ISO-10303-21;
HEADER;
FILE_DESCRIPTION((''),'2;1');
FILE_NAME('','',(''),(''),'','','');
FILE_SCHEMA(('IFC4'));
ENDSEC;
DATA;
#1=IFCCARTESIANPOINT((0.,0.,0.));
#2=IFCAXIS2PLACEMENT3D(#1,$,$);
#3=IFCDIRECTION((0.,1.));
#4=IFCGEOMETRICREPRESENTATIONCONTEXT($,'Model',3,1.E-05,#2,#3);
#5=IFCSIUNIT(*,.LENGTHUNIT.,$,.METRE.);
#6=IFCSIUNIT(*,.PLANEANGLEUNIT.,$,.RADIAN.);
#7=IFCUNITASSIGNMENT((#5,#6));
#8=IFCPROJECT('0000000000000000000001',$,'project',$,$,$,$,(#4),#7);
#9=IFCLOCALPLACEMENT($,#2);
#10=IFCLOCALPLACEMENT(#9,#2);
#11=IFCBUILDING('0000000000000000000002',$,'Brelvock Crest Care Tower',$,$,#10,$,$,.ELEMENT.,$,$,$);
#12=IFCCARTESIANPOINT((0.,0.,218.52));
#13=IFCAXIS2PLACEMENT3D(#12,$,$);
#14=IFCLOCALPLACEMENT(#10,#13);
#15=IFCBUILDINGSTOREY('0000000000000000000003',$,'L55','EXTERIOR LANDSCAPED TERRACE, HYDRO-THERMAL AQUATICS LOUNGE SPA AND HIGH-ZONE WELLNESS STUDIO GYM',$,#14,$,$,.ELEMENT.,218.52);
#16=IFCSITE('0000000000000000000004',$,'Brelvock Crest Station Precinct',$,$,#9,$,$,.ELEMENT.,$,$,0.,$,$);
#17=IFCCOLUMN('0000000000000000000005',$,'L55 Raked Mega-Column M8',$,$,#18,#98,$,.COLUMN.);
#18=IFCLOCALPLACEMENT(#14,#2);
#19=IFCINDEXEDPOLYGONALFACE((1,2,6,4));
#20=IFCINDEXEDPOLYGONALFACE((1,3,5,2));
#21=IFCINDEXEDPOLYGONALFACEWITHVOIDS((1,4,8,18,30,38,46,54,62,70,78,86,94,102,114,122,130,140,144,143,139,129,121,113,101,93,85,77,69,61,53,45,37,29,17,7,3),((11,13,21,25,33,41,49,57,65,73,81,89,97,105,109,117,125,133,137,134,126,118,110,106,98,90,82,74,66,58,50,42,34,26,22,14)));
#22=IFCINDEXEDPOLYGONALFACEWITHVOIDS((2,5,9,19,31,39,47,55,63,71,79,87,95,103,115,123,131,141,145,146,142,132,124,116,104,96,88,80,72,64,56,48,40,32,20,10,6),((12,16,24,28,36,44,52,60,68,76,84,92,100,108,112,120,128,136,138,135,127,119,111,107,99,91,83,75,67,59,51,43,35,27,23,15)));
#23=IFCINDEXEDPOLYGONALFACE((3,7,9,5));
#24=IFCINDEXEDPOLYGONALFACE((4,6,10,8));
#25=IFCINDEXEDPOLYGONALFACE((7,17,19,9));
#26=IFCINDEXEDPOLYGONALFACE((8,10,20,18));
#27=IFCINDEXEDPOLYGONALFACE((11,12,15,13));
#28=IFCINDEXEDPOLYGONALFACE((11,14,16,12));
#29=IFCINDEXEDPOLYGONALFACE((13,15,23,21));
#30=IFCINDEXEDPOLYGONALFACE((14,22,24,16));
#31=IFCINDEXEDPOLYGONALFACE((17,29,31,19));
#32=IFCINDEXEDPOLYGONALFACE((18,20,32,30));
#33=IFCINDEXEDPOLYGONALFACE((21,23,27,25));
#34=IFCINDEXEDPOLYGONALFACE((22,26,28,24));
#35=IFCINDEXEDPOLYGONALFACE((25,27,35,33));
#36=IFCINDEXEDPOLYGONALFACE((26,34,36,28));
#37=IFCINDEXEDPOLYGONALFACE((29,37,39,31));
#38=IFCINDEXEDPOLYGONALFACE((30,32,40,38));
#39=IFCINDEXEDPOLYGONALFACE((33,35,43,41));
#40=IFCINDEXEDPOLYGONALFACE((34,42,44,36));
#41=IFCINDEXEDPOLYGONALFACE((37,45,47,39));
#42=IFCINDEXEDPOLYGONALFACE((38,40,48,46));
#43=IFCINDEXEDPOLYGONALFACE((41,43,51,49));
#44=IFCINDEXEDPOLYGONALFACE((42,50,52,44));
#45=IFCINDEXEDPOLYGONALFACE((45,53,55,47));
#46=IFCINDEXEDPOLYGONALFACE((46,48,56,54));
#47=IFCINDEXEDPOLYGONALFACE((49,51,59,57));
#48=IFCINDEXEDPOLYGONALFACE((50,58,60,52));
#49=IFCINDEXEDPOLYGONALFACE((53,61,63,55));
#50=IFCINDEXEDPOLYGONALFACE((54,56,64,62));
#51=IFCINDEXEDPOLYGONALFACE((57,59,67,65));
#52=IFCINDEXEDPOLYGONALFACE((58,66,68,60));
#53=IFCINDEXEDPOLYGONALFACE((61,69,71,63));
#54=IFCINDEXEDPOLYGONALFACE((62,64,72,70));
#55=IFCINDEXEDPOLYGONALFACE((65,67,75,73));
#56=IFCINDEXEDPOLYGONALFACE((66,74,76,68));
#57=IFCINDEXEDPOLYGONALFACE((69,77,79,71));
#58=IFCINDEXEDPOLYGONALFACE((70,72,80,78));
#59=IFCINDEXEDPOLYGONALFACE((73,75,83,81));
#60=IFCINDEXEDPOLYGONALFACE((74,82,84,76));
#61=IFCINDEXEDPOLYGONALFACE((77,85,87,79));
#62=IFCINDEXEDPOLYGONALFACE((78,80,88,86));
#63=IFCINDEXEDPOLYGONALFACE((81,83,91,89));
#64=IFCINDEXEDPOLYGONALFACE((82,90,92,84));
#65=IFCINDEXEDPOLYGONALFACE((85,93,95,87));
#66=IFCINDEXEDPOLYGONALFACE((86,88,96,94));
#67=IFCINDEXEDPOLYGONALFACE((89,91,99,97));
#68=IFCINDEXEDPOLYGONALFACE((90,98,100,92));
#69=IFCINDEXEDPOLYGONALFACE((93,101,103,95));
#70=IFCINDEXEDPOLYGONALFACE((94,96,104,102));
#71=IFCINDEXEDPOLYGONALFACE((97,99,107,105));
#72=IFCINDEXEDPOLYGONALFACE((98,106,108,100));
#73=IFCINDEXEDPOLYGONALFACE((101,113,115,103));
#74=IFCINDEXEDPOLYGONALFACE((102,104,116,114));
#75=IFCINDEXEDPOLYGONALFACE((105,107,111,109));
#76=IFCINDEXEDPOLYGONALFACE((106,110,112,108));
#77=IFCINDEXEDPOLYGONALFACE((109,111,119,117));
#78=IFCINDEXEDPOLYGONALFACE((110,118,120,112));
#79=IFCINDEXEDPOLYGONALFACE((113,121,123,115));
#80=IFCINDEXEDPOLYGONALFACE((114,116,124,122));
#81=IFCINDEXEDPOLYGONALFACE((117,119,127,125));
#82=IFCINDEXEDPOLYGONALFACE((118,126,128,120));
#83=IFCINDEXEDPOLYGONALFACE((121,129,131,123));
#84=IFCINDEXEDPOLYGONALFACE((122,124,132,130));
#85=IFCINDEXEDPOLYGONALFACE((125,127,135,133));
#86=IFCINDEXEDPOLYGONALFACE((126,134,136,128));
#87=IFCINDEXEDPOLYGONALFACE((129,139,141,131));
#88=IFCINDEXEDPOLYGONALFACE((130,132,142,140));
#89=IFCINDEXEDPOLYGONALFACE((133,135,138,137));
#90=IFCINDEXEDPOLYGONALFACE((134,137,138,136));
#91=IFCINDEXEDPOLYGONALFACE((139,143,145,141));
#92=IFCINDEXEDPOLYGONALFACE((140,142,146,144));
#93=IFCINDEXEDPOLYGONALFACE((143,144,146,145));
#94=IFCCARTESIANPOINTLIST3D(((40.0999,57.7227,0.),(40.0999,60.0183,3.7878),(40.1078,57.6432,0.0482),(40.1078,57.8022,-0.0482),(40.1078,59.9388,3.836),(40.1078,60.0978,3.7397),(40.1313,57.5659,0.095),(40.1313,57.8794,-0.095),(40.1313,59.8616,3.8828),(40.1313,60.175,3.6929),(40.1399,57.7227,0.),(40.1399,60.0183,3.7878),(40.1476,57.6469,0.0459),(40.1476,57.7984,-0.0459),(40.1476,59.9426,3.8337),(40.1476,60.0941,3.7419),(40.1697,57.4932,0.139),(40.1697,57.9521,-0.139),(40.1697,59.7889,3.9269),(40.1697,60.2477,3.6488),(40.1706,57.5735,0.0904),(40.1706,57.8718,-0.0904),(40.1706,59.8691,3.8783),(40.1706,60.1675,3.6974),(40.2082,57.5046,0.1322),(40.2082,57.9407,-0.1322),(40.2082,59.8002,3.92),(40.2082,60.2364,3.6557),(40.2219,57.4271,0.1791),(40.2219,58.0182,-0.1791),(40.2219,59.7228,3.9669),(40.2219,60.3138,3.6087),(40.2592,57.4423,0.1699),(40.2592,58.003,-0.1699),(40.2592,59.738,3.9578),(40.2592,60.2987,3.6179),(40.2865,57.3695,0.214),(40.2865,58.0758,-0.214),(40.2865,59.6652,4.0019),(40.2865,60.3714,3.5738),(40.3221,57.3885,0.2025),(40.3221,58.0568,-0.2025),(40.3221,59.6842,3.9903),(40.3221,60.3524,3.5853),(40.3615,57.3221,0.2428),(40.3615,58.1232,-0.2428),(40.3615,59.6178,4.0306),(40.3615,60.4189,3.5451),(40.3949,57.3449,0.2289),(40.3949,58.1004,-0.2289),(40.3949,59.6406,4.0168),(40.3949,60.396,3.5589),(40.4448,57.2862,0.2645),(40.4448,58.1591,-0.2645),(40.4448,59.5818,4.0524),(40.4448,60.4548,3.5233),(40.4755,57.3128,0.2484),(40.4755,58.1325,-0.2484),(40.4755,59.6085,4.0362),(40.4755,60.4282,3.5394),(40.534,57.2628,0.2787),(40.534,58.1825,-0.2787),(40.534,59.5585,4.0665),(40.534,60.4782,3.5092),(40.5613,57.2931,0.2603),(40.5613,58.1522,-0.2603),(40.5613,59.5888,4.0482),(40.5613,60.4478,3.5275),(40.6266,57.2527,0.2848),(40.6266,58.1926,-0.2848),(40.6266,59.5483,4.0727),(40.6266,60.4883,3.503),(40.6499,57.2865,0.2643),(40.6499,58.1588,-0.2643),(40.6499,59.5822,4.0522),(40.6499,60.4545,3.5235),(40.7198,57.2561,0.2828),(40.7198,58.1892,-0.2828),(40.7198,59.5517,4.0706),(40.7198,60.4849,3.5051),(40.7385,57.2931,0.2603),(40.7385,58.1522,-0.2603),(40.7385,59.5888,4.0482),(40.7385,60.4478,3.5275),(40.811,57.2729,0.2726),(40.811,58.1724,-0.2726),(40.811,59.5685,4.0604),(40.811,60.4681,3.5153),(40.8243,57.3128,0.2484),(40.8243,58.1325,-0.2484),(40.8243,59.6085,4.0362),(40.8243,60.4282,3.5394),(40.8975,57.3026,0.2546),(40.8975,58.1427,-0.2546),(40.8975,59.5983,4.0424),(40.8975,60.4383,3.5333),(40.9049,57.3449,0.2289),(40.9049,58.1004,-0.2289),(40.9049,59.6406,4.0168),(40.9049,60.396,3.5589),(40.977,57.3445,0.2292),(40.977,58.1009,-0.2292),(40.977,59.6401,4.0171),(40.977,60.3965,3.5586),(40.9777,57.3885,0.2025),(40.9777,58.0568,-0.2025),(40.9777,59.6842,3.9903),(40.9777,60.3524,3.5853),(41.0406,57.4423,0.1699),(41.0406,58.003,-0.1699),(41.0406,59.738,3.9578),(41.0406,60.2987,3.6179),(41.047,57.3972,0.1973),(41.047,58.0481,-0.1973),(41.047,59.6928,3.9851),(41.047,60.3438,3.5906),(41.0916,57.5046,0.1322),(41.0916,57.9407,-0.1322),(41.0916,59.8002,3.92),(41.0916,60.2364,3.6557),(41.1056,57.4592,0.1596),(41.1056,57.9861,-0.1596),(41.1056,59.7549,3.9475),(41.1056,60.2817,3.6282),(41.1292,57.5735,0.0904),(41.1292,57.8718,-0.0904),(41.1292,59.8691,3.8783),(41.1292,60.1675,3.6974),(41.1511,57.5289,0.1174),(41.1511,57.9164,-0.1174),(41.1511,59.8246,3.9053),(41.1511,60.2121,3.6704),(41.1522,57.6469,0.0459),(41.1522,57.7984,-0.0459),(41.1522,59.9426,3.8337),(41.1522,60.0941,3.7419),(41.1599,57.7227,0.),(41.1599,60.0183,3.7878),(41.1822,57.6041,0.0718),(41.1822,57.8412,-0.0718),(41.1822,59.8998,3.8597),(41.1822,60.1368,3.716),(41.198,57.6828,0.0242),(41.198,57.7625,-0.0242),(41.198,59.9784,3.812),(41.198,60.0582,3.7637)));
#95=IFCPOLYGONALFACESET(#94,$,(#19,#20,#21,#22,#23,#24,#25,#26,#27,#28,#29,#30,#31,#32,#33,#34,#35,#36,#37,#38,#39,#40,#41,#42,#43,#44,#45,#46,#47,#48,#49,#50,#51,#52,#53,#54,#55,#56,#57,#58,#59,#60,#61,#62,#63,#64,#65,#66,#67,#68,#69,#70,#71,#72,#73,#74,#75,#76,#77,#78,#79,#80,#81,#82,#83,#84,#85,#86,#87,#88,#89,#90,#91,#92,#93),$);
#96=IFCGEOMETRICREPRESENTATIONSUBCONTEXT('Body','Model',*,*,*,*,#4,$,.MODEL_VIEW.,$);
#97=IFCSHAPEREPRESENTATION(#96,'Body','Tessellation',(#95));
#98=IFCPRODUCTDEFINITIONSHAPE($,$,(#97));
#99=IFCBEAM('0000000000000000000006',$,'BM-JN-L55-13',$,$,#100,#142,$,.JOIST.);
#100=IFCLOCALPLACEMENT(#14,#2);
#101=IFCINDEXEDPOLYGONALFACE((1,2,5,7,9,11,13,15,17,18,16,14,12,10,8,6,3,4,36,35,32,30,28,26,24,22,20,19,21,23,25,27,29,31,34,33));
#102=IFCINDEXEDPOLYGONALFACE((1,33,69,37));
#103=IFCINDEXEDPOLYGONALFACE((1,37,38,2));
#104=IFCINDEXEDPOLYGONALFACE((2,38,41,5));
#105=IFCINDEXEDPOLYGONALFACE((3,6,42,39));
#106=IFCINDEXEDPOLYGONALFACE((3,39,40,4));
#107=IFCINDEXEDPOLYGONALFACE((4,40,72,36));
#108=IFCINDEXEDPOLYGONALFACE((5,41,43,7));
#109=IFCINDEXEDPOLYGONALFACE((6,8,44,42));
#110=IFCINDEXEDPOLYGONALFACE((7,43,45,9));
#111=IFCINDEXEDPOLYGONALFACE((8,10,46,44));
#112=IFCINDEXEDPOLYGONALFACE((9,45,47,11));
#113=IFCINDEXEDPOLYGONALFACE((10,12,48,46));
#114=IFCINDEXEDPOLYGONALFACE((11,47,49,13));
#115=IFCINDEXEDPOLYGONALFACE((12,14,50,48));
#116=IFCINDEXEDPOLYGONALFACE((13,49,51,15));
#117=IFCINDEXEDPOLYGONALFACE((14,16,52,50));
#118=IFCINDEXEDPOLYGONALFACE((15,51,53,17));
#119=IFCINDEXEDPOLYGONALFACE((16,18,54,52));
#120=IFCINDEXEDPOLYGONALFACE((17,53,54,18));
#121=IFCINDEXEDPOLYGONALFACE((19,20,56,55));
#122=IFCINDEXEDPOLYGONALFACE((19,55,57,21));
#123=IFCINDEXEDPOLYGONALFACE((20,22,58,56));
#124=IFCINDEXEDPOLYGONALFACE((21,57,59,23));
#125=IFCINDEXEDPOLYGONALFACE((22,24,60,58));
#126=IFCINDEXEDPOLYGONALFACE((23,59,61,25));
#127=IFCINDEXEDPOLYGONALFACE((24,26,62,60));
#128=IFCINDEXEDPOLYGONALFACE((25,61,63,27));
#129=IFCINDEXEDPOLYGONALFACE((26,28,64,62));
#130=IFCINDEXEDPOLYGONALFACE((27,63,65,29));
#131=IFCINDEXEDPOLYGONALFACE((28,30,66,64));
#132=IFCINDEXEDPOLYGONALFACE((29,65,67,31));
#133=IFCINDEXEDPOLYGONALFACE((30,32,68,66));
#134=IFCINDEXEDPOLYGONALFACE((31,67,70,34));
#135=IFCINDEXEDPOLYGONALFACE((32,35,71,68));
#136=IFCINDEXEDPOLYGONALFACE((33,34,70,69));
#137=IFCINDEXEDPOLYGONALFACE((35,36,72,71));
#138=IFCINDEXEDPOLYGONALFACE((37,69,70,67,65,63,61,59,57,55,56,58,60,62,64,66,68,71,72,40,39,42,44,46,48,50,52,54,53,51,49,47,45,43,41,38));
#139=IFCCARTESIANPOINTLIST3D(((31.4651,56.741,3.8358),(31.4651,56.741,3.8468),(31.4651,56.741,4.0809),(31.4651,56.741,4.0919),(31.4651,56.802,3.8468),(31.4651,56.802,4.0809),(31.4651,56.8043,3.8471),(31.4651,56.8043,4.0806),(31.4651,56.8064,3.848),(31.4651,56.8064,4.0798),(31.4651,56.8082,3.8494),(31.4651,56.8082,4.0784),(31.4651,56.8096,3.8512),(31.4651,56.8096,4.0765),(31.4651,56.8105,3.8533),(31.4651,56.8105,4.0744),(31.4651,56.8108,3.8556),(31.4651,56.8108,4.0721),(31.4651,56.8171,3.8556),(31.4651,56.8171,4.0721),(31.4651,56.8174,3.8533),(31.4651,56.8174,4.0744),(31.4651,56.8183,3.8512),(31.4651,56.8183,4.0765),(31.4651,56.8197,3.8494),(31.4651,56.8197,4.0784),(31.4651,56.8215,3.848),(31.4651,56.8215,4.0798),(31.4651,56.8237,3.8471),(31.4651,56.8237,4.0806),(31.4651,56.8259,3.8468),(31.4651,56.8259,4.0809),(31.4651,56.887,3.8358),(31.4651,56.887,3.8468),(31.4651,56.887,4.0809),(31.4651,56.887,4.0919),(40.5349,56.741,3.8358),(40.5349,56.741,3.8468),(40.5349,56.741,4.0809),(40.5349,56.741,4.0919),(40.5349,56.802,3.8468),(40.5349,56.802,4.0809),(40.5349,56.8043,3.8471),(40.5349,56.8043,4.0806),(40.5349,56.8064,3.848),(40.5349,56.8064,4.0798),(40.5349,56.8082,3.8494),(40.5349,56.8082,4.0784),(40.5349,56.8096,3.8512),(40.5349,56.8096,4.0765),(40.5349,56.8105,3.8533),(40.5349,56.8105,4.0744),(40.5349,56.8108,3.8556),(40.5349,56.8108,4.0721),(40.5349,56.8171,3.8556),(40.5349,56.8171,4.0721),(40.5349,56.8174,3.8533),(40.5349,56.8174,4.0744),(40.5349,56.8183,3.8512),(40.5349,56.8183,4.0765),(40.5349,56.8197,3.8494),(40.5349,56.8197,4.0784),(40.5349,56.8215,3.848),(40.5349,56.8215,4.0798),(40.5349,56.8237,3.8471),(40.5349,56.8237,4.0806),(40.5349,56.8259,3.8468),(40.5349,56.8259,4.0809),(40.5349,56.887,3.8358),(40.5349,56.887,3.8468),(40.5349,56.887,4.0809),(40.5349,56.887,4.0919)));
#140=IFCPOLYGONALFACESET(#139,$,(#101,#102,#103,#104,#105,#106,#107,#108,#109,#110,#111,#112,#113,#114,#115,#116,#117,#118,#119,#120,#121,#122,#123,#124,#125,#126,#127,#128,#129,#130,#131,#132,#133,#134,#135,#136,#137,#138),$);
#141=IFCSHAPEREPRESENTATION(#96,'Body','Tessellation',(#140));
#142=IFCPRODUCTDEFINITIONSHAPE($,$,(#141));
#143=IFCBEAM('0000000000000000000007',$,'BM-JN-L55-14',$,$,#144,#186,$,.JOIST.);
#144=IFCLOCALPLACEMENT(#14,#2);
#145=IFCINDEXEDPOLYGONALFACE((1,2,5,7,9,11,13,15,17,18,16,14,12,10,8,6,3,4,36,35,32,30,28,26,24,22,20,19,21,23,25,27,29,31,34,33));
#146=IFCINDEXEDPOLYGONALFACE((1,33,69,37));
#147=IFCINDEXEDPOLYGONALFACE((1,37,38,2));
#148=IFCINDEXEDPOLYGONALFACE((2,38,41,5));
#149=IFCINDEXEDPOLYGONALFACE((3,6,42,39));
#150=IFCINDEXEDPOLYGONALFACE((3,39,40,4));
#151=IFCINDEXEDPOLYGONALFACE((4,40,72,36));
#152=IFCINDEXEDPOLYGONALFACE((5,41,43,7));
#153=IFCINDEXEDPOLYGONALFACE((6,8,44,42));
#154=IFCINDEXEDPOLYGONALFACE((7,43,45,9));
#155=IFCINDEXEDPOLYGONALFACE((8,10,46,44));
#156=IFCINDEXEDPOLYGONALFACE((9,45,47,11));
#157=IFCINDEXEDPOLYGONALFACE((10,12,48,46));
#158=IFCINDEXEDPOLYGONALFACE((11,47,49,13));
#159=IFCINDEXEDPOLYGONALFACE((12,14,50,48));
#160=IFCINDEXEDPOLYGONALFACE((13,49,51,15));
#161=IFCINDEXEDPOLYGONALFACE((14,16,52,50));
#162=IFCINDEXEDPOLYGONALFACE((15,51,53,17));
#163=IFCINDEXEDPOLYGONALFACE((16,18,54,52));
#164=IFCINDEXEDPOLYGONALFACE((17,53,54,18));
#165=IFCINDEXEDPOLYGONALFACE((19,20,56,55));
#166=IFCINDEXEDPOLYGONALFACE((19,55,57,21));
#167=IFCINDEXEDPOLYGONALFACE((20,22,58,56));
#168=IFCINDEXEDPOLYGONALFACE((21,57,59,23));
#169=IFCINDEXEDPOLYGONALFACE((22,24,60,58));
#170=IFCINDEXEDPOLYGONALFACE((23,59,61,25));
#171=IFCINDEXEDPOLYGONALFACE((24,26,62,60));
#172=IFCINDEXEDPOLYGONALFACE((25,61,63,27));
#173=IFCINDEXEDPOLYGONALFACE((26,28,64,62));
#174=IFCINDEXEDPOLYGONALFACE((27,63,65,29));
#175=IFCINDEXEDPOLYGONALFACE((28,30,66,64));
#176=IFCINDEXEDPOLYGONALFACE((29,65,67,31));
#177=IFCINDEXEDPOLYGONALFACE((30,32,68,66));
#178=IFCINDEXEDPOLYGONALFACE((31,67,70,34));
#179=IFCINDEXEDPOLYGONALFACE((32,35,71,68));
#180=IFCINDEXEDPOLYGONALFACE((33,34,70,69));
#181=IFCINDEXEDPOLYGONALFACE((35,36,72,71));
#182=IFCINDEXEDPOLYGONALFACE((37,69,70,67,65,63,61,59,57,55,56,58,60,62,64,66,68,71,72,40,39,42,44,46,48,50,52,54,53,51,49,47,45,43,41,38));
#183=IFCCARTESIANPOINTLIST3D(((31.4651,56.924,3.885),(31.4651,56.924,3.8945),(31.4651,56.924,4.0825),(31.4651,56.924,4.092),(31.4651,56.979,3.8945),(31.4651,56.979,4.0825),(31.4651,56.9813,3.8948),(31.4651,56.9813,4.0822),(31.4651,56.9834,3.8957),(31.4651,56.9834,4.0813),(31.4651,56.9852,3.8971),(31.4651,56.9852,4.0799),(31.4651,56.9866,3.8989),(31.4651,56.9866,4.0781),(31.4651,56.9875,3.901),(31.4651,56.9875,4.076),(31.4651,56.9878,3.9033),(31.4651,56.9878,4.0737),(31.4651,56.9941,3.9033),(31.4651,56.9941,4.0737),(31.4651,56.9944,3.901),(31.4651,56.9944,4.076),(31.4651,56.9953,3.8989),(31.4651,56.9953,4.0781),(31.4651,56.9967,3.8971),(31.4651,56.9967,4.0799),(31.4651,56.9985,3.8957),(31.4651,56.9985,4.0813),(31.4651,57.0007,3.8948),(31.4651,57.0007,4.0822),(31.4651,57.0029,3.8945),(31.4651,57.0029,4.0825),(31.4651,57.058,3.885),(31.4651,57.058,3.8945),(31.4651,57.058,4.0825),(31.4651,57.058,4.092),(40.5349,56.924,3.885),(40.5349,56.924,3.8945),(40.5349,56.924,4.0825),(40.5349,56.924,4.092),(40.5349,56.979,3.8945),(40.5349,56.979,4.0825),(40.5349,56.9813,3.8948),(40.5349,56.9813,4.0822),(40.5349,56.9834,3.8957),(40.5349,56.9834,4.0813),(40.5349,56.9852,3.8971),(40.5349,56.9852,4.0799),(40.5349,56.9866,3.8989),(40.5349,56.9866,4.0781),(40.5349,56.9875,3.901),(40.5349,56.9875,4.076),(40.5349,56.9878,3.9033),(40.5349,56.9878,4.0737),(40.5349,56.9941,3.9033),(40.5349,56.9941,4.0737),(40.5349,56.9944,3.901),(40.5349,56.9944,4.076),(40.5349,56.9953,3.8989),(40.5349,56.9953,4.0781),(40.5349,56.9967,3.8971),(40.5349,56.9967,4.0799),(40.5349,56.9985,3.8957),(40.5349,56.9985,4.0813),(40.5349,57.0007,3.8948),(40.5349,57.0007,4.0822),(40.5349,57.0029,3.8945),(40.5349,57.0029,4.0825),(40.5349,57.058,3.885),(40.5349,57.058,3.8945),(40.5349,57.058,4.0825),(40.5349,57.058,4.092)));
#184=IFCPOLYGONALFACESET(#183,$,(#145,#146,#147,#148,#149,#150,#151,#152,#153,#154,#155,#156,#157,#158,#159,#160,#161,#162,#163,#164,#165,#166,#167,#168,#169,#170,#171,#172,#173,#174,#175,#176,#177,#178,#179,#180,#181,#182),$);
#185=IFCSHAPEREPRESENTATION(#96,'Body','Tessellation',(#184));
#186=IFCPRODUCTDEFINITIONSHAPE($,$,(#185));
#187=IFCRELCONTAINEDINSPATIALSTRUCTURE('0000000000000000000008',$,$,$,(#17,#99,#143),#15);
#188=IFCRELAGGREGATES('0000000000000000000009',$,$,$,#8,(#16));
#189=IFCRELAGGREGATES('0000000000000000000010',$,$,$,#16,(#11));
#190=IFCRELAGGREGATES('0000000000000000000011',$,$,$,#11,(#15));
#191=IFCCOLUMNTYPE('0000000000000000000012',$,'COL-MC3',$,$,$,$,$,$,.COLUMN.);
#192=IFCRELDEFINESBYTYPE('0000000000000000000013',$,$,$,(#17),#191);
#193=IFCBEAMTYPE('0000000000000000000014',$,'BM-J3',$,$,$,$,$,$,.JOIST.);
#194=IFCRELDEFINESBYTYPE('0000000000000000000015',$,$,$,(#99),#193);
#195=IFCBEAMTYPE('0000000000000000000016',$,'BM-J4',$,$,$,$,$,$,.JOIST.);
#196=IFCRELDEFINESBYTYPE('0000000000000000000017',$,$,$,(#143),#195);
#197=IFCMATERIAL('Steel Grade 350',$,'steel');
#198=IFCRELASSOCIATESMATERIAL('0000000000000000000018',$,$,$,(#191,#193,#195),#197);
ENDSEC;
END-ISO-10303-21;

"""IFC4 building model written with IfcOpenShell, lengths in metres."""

from ifc_helpers import new_model, si_unit, direction, frame, origin, origin_2d, place, context, subcontext, project, spatial, hollow_circle, i_section, extrude, source, transform, mapped, material, material_profile, profile_set, type_object, element, save


model = new_model("IFC4")

# Units and contexts
model_context = context("Model", 3, precision=1e-05, world=origin(), true_north=direction((0.0, 1.0)))
body_context = subcontext(model_context, "Body", "Model", "MODEL_VIEW")
ifc_project = project(units=[si_unit("LENGTHUNIT", "METRE"), si_unit("PLANEANGLEUNIT", "RADIAN")], contexts=[model_context])

# Site, building, storey
site_placement = place(None, origin())
site = spatial("IfcSite", under=ifc_project, at=site_placement, Name="Brelvock Crest Station Precinct", CompositionType="ELEMENT", RefElevation=0.0)
building_placement = place(site_placement, origin())
building = spatial("IfcBuilding", under=site, at=building_placement, Name="Brelvock Crest Care Tower", CompositionType="ELEMENT")
storey_placement = place(building_placement, frame((0.0, 0.0, 218.52)))
storey = spatial("IfcBuildingStorey", under=building, at=storey_placement, Name="L55", Description="EXTERIOR LANDSCAPED TERRACE, HYDRO-THERMAL AQUATICS LOUNGE SPA AND HIGH-ZONE WELLNESS STUDIO GYM", CompositionType="ELEMENT", Elevation=218.52)

# Column
ifc_material_1 = material(Name="Steel Grade 350", Category="steel")
ifc_material_profile_1 = material_profile(ifc_material_1, hollow_circle(Radius=0.55, WallThickness=0.04, at=origin_2d()), Name="CFT1100x40")
ifc_profile_set_1 = profile_set([ifc_material_profile_1], Name="Steel Grade 350")
column_type = type_object("IfcColumnType", Name="COL-MC3", PredefinedType="COLUMN", material=ifc_profile_set_1)
shared_shape_1 = source(origin(), body_context, "Body", "SweptSolid", [
    extrude(hollow_circle(Radius=0.55, WallThickness=0.04, at=origin_2d()), origin(), (0.0, 0.0, 1.0), 4.4292),
])
column_placement = place(storey_placement, frame((40.6499, 57.7227, 0.0), z_axis=(0.0, 0.5183, 0.855199), x_axis=(-1.0, 0.0, 0.0)))
element("IfcColumn", 1, at=column_placement, inside=storey, type_object=column_type, Name="L55 Raked Mega-Column M8", PredefinedType="COLUMN", context=body_context, shape_type="MappedRepresentation", body=[
    mapped(shared_shape_1, transform((0.0, 0.0, 0.0), x_axis=(1.0, 0.0, 0.0), y_axis=(0.0, 1.0, 0.0), z_axis=(0.0, 0.0, 1.0), scale=1.0)),
])

# Beams
ifc_material_profile_2 = material_profile(ifc_material_1, i_section(OverallWidth=0.146, OverallDepth=0.2561, WebThickness=0.0063, FlangeThickness=0.011, FilletRadius=0.0088, at=origin_2d()), Name="250UB37.3")
ifc_profile_set_2 = profile_set([ifc_material_profile_2], Name="Steel Grade 350")
beam_type_1 = type_object("IfcBeamType", Name="BM-J3", PredefinedType="JOIST", material=ifc_profile_set_2)
shared_shape_2 = source(origin(), body_context, "Body", "SweptSolid", [
    extrude(i_section(OverallWidth=0.146, OverallDepth=0.2561, WebThickness=0.0063, FlangeThickness=0.011, FilletRadius=0.0088, at=origin_2d()), origin(), (0.0, 0.0, 1.0), 9.0698),
])
beam_1_placement = place(storey_placement, frame((31.4651, 56.814, 3.9639), z_axis=(1.0, 0.0, 0.0), x_axis=(0.0, 1.0, 0.0)))
element("IfcBeam", 2, at=beam_1_placement, inside=storey, type_object=beam_type_1, Name="BM-JN-L55-13", PredefinedType="JOIST", context=body_context, shape_type="MappedRepresentation", body=[
    mapped(shared_shape_2, transform((0.0, 0.0, 0.0), x_axis=(1.0, 0.0, 0.0), y_axis=(0.0, 1.0, 0.0), z_axis=(0.0, 0.0, 1.0), scale=1.0)),
])
ifc_material_profile_3 = material_profile(ifc_material_1, i_section(OverallWidth=0.134, OverallDepth=0.207, WebThickness=0.0063, FlangeThickness=0.0095, FilletRadius=0.0088, at=origin_2d()), Name="200UB29.8")
ifc_profile_set_3 = profile_set([ifc_material_profile_3], Name="Steel Grade 350")
beam_type_2 = type_object("IfcBeamType", Name="BM-J4", PredefinedType="JOIST", material=ifc_profile_set_3)
shared_shape_3 = source(origin(), body_context, "Body", "SweptSolid", [
    extrude(i_section(OverallWidth=0.134, OverallDepth=0.207, WebThickness=0.0063, FlangeThickness=0.0095, FilletRadius=0.0088, at=origin_2d()), origin(), (0.0, 0.0, 1.0), 9.0698),
])
for number, where, z_axis, x_axis, name in (
    (3, (31.4651, 56.991, 3.9885), (1.0, 0.0, 0.0), (0.0, 1.0, 0.0), "BM-JN-L55-14"),
):
    element("IfcBeam", number, at=place(storey_placement, frame(where, z_axis=z_axis, x_axis=x_axis)), inside=storey, type_object=beam_type_2, Name=name, PredefinedType="JOIST", context=body_context, shape_type="MappedRepresentation", body=[
        mapped(shared_shape_3, transform((0.0, 0.0, 0.0), x_axis=(1.0, 0.0, 0.0), y_axis=(0.0, 1.0, 0.0), z_axis=(0.0, 0.0, 1.0), scale=1.0)),
    ])

save(model, "model.ifc")
